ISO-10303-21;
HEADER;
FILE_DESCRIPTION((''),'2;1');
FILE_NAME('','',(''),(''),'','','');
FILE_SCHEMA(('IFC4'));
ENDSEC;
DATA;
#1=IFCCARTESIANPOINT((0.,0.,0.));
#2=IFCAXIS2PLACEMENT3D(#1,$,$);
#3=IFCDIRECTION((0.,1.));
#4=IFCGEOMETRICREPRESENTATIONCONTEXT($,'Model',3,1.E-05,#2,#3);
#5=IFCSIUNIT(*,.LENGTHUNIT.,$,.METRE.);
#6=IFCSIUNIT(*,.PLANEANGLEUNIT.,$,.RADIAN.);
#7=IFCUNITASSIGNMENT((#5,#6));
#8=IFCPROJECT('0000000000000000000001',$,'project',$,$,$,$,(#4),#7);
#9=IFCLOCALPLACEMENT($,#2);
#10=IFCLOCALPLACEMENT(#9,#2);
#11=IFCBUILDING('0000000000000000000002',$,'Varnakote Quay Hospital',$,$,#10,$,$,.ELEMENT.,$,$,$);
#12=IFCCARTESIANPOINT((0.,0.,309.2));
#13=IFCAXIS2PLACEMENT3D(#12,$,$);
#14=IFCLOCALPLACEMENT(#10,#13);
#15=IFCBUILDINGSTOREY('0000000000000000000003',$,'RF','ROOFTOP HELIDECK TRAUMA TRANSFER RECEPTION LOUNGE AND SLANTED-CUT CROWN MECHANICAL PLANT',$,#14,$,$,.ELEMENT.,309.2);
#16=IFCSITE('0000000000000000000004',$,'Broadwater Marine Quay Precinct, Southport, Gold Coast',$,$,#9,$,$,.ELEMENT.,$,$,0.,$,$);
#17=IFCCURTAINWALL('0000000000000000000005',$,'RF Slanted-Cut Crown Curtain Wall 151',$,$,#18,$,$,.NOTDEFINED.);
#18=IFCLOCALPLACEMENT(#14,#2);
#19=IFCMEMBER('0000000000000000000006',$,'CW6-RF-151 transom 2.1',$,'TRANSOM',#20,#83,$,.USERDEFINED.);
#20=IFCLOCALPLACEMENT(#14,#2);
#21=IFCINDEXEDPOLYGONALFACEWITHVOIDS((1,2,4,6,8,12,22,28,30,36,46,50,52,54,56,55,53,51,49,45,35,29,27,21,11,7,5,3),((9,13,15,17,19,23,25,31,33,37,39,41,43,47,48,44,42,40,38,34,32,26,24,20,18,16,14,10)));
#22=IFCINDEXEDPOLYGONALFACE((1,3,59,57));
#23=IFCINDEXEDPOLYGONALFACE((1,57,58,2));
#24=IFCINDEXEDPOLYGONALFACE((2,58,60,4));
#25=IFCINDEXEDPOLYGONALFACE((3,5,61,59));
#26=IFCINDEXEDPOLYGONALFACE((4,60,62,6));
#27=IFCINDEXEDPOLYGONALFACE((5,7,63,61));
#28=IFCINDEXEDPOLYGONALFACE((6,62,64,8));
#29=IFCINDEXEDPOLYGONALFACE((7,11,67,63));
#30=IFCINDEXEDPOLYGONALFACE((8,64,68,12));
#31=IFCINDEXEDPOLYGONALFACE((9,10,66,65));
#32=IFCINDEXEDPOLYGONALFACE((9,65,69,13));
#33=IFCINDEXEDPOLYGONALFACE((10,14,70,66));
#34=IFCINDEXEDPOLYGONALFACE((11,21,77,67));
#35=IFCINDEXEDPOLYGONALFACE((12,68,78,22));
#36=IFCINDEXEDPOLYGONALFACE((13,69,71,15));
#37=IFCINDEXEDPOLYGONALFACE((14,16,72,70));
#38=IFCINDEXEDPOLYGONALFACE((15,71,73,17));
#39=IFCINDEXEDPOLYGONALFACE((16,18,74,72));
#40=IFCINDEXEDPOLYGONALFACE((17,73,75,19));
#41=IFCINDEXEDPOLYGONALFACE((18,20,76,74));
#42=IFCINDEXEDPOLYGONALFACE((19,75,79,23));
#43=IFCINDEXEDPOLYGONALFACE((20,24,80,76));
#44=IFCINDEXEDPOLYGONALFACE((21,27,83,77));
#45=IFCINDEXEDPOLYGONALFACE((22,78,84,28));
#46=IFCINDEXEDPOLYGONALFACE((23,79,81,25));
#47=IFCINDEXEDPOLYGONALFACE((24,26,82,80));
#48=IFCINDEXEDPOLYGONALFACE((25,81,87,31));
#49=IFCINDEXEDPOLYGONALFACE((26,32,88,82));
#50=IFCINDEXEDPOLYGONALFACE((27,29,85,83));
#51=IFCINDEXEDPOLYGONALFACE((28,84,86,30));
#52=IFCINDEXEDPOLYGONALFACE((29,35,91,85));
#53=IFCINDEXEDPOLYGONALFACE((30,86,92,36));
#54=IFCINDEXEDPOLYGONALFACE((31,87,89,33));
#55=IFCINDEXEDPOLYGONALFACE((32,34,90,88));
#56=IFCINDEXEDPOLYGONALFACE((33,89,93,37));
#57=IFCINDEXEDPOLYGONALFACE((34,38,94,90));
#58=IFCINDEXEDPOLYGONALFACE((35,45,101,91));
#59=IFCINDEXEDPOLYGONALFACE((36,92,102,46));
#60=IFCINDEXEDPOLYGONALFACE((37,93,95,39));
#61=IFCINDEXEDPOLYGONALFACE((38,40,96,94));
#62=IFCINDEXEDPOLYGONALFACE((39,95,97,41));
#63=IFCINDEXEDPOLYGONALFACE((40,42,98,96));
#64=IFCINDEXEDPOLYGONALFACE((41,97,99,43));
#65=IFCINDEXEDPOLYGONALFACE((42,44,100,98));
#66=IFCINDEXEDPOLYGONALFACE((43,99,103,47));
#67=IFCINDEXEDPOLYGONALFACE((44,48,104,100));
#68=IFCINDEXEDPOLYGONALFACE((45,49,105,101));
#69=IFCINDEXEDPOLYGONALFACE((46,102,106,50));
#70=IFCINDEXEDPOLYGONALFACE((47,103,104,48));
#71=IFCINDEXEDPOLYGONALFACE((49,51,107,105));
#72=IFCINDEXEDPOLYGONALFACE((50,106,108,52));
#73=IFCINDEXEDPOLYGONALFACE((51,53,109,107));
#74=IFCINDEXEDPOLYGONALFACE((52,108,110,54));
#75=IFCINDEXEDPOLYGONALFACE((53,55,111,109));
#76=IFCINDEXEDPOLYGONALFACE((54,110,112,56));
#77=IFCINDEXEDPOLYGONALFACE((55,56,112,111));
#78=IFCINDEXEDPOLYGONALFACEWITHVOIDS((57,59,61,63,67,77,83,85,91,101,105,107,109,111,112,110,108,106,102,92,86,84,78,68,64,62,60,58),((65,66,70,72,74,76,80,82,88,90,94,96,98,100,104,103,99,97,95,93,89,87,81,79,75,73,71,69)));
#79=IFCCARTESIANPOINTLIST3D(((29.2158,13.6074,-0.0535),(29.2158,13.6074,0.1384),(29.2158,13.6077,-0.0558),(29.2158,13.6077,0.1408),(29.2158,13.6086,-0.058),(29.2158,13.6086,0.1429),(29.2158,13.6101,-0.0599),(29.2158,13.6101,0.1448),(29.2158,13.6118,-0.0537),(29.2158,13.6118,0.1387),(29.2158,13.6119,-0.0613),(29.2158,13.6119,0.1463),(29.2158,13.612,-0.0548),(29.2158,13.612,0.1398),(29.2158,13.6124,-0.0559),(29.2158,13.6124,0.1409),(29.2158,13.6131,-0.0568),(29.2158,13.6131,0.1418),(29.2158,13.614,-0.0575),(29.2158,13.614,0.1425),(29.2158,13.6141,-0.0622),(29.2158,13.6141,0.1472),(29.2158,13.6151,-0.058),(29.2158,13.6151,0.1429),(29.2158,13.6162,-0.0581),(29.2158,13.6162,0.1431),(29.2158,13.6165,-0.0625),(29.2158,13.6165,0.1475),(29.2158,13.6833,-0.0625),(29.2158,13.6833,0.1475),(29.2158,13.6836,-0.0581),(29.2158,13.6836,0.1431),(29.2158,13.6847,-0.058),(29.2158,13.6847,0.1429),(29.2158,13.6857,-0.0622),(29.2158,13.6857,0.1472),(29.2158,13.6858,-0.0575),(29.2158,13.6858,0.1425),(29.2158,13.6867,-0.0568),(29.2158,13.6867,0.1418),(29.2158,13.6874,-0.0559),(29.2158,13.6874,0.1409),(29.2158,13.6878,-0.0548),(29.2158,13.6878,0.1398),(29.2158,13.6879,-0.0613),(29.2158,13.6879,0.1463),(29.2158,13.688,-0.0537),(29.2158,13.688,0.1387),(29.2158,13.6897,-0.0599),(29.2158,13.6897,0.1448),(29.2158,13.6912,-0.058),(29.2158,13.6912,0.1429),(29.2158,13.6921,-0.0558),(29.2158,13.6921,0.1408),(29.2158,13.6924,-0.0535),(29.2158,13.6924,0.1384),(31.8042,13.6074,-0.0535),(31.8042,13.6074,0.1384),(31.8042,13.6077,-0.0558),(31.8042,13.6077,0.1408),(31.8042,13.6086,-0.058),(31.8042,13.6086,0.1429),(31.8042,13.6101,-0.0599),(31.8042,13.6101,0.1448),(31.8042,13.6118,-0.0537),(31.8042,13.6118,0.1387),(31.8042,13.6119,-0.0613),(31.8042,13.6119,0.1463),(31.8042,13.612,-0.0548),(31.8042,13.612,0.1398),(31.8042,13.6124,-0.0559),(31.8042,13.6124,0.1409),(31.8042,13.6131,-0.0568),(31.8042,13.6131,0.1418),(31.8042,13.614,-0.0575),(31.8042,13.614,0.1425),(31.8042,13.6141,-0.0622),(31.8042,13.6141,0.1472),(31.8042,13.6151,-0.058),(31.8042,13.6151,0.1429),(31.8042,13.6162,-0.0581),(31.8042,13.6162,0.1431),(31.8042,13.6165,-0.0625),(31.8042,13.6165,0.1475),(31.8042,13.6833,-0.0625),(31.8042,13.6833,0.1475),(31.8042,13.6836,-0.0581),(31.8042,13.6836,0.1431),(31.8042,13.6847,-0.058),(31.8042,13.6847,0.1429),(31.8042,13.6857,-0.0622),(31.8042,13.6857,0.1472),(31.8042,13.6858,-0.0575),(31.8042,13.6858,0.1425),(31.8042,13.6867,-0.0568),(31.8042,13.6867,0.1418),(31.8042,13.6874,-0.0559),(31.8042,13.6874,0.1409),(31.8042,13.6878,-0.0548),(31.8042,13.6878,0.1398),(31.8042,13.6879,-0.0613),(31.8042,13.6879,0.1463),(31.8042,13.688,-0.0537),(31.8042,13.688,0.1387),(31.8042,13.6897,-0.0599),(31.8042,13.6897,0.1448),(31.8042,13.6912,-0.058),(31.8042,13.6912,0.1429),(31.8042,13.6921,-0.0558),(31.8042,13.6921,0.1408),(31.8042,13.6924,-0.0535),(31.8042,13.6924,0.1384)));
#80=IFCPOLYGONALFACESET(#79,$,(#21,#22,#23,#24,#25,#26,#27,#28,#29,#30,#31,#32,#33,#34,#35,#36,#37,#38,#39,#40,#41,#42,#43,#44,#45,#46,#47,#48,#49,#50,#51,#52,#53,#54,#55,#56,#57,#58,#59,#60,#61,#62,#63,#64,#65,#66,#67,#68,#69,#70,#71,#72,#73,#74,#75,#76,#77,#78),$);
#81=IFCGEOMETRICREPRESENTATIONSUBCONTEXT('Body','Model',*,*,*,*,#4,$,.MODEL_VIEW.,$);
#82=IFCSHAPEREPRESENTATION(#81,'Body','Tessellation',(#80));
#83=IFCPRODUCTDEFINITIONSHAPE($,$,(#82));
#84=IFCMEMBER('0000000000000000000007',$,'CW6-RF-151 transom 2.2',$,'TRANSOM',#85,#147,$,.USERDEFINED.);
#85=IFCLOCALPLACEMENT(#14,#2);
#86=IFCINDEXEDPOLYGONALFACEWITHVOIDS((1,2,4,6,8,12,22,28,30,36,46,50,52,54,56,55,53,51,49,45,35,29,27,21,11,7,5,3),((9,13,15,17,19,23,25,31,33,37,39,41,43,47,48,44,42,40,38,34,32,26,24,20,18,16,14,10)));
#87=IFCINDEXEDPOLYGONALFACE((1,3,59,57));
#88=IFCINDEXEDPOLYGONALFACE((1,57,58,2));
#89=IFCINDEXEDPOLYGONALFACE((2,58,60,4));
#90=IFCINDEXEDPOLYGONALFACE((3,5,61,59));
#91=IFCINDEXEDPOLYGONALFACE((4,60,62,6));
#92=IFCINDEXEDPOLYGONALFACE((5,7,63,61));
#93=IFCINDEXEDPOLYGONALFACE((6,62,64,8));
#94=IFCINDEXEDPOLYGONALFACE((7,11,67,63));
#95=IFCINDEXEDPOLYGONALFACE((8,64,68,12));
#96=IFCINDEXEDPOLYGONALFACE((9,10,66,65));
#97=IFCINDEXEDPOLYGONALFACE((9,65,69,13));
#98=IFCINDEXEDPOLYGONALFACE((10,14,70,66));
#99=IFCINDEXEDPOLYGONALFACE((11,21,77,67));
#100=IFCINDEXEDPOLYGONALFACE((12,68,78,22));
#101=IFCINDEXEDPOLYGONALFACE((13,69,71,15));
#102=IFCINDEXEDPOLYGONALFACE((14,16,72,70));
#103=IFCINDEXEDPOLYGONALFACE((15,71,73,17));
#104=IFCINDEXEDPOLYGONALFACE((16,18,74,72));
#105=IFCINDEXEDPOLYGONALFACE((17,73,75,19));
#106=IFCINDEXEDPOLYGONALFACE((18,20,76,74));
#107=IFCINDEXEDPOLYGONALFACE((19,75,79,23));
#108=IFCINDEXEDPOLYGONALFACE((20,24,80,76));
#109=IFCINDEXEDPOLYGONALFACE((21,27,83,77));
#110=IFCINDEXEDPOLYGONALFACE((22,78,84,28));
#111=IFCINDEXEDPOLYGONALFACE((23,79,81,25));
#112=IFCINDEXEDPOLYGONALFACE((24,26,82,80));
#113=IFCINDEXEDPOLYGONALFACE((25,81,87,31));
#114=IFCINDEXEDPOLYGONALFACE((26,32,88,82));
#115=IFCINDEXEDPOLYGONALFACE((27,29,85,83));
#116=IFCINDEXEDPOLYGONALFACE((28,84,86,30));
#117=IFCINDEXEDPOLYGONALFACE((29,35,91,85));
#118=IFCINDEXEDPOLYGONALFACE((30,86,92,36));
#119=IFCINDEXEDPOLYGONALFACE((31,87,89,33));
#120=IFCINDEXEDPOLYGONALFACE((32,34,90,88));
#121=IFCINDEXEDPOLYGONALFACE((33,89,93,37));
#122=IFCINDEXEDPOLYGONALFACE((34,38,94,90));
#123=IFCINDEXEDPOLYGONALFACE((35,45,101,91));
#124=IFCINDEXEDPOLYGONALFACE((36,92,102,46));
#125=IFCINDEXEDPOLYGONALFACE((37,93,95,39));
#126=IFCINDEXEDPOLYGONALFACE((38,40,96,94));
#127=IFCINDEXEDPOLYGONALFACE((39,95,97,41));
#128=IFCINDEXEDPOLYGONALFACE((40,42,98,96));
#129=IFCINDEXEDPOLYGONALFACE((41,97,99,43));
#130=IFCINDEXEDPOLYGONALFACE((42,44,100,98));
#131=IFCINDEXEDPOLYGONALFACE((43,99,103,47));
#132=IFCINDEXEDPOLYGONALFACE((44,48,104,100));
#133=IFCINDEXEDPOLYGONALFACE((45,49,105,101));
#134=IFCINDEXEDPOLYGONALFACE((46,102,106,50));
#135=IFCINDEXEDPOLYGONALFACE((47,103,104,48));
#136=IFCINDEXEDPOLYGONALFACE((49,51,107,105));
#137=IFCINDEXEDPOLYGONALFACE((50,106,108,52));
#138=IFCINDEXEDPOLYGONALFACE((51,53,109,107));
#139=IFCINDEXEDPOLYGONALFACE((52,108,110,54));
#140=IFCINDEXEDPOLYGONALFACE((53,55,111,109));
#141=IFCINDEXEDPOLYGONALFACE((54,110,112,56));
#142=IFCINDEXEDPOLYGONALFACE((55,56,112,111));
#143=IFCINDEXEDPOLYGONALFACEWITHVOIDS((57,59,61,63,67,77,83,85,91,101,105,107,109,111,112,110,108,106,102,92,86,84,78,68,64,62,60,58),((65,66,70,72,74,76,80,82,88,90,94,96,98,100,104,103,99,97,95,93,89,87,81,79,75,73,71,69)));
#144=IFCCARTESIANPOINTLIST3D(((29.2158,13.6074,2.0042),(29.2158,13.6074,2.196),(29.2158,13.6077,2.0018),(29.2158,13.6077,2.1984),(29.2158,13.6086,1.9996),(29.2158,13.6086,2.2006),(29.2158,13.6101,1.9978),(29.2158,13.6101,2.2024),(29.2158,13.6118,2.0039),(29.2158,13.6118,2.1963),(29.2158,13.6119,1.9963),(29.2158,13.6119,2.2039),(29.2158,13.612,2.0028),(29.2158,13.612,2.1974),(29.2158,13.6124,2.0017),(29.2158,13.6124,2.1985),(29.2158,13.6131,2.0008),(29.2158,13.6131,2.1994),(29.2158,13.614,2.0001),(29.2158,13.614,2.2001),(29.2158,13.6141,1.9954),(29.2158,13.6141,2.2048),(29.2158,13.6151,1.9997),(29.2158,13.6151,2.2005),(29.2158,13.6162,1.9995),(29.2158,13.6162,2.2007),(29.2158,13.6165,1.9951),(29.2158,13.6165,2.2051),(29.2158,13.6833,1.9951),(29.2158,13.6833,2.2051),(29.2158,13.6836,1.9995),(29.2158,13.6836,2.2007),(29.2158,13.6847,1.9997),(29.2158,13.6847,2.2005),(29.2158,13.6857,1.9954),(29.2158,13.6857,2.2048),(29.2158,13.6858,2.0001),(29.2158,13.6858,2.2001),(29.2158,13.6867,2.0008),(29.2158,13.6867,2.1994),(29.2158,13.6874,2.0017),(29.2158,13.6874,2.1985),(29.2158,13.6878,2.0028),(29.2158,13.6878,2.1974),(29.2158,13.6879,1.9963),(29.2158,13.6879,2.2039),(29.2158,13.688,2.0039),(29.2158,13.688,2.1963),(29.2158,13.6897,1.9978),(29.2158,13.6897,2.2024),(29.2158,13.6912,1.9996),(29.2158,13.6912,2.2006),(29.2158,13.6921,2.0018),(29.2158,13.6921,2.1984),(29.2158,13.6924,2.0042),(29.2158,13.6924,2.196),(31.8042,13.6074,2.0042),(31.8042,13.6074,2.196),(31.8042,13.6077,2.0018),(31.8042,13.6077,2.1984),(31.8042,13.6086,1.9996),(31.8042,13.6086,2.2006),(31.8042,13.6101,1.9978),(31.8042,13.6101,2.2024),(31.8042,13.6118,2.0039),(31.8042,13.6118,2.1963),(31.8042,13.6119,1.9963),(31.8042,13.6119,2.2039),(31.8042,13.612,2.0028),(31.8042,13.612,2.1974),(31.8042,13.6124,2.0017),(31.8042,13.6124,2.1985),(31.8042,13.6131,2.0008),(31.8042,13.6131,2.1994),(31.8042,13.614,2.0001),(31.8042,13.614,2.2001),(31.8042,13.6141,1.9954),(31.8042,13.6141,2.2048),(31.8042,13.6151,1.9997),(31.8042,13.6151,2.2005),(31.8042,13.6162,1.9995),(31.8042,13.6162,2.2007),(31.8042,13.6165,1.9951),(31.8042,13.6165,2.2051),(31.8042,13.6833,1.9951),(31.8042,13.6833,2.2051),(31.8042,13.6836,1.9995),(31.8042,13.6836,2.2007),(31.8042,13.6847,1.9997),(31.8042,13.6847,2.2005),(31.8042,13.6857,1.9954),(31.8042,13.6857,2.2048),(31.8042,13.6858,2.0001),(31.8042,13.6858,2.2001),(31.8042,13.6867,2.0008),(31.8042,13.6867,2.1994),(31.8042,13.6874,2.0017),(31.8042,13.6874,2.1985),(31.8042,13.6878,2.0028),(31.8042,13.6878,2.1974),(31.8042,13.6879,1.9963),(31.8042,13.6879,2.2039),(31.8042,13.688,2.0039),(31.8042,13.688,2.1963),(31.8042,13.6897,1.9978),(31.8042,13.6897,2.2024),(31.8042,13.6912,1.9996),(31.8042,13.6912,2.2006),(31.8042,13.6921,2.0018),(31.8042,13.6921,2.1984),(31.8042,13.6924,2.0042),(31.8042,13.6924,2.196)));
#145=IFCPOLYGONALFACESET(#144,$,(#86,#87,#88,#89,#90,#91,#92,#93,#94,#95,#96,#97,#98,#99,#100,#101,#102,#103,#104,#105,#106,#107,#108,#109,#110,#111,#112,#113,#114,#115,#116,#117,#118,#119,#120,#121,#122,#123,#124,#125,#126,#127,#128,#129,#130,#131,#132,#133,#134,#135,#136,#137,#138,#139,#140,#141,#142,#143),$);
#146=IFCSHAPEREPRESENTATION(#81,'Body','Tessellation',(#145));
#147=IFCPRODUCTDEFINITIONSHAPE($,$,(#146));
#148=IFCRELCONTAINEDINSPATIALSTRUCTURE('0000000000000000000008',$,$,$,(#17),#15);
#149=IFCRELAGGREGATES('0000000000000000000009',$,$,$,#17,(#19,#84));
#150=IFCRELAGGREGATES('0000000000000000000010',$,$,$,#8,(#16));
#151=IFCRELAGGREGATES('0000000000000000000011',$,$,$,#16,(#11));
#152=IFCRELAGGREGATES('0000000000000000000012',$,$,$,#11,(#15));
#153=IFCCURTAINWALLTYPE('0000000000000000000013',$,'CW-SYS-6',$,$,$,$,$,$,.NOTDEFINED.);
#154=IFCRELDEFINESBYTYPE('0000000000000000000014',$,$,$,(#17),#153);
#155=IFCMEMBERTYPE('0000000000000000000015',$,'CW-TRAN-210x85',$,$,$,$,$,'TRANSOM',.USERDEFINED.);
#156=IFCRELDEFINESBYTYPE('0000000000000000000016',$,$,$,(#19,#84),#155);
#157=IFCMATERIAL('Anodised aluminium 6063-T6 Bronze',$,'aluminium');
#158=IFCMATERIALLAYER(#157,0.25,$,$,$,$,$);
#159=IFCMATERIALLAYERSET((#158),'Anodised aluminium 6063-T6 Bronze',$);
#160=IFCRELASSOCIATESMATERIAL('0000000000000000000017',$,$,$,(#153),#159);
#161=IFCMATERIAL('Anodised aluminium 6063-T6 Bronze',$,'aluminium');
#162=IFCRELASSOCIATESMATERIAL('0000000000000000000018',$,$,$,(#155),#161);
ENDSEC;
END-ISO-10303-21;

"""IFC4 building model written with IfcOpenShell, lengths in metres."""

from ifc_helpers import new_model, si_unit, direction, frame, origin, origin_2d, place, context, subcontext, project, spatial, hollow_rectangle, extrude, material, layer, layer_set, material_profile, profile_set, type_object, element, aggregate, save


model = new_model("IFC4")

# Units and contexts
model_context = context("Model", 3, precision=1e-05, world=origin(), true_north=direction((0.0, 1.0)))
body_context = subcontext(model_context, "Body", "Model", "MODEL_VIEW")
ifc_project = project(units=[si_unit("LENGTHUNIT", "METRE"), si_unit("PLANEANGLEUNIT", "RADIAN")], contexts=[model_context])

# Site, building, storey
site_placement = place(None, origin())
site = spatial("IfcSite", under=ifc_project, at=site_placement, Name="Broadwater Marine Quay Precinct, Southport, Gold Coast", CompositionType="ELEMENT", RefElevation=0.0)
building_placement = place(site_placement, origin())
building = spatial("IfcBuilding", under=site, at=building_placement, Name="Varnakote Quay Hospital", CompositionType="ELEMENT")
storey_placement = place(building_placement, frame((0.0, 0.0, 309.2)))
storey = spatial("IfcBuildingStorey", under=building, at=storey_placement, Name="RF", Description="ROOFTOP HELIDECK TRAUMA TRANSFER RECEPTION LOUNGE AND SLANTED-CUT CROWN MECHANICAL PLANT", CompositionType="ELEMENT", Elevation=309.2)

# Curtain wall
ifc_material_1 = material(Name="Anodised aluminium 6063-T6 Bronze", Category="aluminium")
ifc_layer_1 = layer(ifc_material_1, 0.25)
ifc_layer_set_1 = layer_set([ifc_layer_1], Name="Anodised aluminium 6063-T6 Bronze")
curtain_wall_type = type_object("IfcCurtainWallType", Name="CW-SYS-6", PredefinedType="NOTDEFINED", material=ifc_layer_set_1)
curtain_wall_1_placement = place(storey_placement, origin())
curtain_wall_1 = element("IfcCurtainWall", 1, at=curtain_wall_1_placement, inside=storey, type_object=curtain_wall_type, Name="RF Slanted-Cut Crown Curtain Wall 151", PredefinedType="NOTDEFINED")

# Members
ifc_material_2 = material(Name="Anodised aluminium 6063-T6 Bronze", Category="aluminium")
ifc_material_profile_1 = material_profile(ifc_material_2, hollow_rectangle(XDim=0.085, YDim=0.21, WallThickness=0.0044, InnerFilletRadius=0.0044, OuterFilletRadius=0.009, at=origin_2d()), Name="CW-TRAN-210x85")
ifc_profile_set_1 = profile_set([ifc_material_profile_1], Name="Anodised aluminium 6063-T6 Bronze")
member_type_1 = type_object("IfcMemberType", Name="CW-TRAN-210x85", ElementType="TRANSOM", PredefinedType="USERDEFINED", material=ifc_profile_set_1)
member_1_placement = place(storey_placement, frame((29.2158, 13.6499, 0.0425), z_axis=(1.0, 0.0, 0.0), x_axis=(0.0, 1.0, 0.0)))
member_1 = element("IfcMember", 2, at=member_1_placement, type_object=member_type_1, Name="CW6-RF-151 transom 2.1", ObjectType="TRANSOM", PredefinedType="USERDEFINED", context=body_context, shape_type="SweptSolid", body=[
    extrude(hollow_rectangle(XDim=0.085, YDim=0.21, WallThickness=0.0044, InnerFilletRadius=0.0044, OuterFilletRadius=0.009, at=origin_2d()), origin(), (0.0, 0.0, 1.0), 2.5884),
])
member_2_placement = place(storey_placement, frame((29.2158, 13.6499, 2.1001), z_axis=(1.0, 0.0, 0.0), x_axis=(0.0, 1.0, 0.0)))
member_2 = element("IfcMember", 3, at=member_2_placement, type_object=member_type_1, Name="CW6-RF-151 transom 2.2", ObjectType="TRANSOM", PredefinedType="USERDEFINED", context=body_context, shape_type="SweptSolid", body=[
    extrude(hollow_rectangle(XDim=0.085, YDim=0.21, WallThickness=0.0044, InnerFilletRadius=0.0044, OuterFilletRadius=0.009, at=origin_2d()), origin(), (0.0, 0.0, 1.0), 2.5884),
])

aggregate(curtain_wall_1, [member_1, member_2])

save(model, "model.ifc")
